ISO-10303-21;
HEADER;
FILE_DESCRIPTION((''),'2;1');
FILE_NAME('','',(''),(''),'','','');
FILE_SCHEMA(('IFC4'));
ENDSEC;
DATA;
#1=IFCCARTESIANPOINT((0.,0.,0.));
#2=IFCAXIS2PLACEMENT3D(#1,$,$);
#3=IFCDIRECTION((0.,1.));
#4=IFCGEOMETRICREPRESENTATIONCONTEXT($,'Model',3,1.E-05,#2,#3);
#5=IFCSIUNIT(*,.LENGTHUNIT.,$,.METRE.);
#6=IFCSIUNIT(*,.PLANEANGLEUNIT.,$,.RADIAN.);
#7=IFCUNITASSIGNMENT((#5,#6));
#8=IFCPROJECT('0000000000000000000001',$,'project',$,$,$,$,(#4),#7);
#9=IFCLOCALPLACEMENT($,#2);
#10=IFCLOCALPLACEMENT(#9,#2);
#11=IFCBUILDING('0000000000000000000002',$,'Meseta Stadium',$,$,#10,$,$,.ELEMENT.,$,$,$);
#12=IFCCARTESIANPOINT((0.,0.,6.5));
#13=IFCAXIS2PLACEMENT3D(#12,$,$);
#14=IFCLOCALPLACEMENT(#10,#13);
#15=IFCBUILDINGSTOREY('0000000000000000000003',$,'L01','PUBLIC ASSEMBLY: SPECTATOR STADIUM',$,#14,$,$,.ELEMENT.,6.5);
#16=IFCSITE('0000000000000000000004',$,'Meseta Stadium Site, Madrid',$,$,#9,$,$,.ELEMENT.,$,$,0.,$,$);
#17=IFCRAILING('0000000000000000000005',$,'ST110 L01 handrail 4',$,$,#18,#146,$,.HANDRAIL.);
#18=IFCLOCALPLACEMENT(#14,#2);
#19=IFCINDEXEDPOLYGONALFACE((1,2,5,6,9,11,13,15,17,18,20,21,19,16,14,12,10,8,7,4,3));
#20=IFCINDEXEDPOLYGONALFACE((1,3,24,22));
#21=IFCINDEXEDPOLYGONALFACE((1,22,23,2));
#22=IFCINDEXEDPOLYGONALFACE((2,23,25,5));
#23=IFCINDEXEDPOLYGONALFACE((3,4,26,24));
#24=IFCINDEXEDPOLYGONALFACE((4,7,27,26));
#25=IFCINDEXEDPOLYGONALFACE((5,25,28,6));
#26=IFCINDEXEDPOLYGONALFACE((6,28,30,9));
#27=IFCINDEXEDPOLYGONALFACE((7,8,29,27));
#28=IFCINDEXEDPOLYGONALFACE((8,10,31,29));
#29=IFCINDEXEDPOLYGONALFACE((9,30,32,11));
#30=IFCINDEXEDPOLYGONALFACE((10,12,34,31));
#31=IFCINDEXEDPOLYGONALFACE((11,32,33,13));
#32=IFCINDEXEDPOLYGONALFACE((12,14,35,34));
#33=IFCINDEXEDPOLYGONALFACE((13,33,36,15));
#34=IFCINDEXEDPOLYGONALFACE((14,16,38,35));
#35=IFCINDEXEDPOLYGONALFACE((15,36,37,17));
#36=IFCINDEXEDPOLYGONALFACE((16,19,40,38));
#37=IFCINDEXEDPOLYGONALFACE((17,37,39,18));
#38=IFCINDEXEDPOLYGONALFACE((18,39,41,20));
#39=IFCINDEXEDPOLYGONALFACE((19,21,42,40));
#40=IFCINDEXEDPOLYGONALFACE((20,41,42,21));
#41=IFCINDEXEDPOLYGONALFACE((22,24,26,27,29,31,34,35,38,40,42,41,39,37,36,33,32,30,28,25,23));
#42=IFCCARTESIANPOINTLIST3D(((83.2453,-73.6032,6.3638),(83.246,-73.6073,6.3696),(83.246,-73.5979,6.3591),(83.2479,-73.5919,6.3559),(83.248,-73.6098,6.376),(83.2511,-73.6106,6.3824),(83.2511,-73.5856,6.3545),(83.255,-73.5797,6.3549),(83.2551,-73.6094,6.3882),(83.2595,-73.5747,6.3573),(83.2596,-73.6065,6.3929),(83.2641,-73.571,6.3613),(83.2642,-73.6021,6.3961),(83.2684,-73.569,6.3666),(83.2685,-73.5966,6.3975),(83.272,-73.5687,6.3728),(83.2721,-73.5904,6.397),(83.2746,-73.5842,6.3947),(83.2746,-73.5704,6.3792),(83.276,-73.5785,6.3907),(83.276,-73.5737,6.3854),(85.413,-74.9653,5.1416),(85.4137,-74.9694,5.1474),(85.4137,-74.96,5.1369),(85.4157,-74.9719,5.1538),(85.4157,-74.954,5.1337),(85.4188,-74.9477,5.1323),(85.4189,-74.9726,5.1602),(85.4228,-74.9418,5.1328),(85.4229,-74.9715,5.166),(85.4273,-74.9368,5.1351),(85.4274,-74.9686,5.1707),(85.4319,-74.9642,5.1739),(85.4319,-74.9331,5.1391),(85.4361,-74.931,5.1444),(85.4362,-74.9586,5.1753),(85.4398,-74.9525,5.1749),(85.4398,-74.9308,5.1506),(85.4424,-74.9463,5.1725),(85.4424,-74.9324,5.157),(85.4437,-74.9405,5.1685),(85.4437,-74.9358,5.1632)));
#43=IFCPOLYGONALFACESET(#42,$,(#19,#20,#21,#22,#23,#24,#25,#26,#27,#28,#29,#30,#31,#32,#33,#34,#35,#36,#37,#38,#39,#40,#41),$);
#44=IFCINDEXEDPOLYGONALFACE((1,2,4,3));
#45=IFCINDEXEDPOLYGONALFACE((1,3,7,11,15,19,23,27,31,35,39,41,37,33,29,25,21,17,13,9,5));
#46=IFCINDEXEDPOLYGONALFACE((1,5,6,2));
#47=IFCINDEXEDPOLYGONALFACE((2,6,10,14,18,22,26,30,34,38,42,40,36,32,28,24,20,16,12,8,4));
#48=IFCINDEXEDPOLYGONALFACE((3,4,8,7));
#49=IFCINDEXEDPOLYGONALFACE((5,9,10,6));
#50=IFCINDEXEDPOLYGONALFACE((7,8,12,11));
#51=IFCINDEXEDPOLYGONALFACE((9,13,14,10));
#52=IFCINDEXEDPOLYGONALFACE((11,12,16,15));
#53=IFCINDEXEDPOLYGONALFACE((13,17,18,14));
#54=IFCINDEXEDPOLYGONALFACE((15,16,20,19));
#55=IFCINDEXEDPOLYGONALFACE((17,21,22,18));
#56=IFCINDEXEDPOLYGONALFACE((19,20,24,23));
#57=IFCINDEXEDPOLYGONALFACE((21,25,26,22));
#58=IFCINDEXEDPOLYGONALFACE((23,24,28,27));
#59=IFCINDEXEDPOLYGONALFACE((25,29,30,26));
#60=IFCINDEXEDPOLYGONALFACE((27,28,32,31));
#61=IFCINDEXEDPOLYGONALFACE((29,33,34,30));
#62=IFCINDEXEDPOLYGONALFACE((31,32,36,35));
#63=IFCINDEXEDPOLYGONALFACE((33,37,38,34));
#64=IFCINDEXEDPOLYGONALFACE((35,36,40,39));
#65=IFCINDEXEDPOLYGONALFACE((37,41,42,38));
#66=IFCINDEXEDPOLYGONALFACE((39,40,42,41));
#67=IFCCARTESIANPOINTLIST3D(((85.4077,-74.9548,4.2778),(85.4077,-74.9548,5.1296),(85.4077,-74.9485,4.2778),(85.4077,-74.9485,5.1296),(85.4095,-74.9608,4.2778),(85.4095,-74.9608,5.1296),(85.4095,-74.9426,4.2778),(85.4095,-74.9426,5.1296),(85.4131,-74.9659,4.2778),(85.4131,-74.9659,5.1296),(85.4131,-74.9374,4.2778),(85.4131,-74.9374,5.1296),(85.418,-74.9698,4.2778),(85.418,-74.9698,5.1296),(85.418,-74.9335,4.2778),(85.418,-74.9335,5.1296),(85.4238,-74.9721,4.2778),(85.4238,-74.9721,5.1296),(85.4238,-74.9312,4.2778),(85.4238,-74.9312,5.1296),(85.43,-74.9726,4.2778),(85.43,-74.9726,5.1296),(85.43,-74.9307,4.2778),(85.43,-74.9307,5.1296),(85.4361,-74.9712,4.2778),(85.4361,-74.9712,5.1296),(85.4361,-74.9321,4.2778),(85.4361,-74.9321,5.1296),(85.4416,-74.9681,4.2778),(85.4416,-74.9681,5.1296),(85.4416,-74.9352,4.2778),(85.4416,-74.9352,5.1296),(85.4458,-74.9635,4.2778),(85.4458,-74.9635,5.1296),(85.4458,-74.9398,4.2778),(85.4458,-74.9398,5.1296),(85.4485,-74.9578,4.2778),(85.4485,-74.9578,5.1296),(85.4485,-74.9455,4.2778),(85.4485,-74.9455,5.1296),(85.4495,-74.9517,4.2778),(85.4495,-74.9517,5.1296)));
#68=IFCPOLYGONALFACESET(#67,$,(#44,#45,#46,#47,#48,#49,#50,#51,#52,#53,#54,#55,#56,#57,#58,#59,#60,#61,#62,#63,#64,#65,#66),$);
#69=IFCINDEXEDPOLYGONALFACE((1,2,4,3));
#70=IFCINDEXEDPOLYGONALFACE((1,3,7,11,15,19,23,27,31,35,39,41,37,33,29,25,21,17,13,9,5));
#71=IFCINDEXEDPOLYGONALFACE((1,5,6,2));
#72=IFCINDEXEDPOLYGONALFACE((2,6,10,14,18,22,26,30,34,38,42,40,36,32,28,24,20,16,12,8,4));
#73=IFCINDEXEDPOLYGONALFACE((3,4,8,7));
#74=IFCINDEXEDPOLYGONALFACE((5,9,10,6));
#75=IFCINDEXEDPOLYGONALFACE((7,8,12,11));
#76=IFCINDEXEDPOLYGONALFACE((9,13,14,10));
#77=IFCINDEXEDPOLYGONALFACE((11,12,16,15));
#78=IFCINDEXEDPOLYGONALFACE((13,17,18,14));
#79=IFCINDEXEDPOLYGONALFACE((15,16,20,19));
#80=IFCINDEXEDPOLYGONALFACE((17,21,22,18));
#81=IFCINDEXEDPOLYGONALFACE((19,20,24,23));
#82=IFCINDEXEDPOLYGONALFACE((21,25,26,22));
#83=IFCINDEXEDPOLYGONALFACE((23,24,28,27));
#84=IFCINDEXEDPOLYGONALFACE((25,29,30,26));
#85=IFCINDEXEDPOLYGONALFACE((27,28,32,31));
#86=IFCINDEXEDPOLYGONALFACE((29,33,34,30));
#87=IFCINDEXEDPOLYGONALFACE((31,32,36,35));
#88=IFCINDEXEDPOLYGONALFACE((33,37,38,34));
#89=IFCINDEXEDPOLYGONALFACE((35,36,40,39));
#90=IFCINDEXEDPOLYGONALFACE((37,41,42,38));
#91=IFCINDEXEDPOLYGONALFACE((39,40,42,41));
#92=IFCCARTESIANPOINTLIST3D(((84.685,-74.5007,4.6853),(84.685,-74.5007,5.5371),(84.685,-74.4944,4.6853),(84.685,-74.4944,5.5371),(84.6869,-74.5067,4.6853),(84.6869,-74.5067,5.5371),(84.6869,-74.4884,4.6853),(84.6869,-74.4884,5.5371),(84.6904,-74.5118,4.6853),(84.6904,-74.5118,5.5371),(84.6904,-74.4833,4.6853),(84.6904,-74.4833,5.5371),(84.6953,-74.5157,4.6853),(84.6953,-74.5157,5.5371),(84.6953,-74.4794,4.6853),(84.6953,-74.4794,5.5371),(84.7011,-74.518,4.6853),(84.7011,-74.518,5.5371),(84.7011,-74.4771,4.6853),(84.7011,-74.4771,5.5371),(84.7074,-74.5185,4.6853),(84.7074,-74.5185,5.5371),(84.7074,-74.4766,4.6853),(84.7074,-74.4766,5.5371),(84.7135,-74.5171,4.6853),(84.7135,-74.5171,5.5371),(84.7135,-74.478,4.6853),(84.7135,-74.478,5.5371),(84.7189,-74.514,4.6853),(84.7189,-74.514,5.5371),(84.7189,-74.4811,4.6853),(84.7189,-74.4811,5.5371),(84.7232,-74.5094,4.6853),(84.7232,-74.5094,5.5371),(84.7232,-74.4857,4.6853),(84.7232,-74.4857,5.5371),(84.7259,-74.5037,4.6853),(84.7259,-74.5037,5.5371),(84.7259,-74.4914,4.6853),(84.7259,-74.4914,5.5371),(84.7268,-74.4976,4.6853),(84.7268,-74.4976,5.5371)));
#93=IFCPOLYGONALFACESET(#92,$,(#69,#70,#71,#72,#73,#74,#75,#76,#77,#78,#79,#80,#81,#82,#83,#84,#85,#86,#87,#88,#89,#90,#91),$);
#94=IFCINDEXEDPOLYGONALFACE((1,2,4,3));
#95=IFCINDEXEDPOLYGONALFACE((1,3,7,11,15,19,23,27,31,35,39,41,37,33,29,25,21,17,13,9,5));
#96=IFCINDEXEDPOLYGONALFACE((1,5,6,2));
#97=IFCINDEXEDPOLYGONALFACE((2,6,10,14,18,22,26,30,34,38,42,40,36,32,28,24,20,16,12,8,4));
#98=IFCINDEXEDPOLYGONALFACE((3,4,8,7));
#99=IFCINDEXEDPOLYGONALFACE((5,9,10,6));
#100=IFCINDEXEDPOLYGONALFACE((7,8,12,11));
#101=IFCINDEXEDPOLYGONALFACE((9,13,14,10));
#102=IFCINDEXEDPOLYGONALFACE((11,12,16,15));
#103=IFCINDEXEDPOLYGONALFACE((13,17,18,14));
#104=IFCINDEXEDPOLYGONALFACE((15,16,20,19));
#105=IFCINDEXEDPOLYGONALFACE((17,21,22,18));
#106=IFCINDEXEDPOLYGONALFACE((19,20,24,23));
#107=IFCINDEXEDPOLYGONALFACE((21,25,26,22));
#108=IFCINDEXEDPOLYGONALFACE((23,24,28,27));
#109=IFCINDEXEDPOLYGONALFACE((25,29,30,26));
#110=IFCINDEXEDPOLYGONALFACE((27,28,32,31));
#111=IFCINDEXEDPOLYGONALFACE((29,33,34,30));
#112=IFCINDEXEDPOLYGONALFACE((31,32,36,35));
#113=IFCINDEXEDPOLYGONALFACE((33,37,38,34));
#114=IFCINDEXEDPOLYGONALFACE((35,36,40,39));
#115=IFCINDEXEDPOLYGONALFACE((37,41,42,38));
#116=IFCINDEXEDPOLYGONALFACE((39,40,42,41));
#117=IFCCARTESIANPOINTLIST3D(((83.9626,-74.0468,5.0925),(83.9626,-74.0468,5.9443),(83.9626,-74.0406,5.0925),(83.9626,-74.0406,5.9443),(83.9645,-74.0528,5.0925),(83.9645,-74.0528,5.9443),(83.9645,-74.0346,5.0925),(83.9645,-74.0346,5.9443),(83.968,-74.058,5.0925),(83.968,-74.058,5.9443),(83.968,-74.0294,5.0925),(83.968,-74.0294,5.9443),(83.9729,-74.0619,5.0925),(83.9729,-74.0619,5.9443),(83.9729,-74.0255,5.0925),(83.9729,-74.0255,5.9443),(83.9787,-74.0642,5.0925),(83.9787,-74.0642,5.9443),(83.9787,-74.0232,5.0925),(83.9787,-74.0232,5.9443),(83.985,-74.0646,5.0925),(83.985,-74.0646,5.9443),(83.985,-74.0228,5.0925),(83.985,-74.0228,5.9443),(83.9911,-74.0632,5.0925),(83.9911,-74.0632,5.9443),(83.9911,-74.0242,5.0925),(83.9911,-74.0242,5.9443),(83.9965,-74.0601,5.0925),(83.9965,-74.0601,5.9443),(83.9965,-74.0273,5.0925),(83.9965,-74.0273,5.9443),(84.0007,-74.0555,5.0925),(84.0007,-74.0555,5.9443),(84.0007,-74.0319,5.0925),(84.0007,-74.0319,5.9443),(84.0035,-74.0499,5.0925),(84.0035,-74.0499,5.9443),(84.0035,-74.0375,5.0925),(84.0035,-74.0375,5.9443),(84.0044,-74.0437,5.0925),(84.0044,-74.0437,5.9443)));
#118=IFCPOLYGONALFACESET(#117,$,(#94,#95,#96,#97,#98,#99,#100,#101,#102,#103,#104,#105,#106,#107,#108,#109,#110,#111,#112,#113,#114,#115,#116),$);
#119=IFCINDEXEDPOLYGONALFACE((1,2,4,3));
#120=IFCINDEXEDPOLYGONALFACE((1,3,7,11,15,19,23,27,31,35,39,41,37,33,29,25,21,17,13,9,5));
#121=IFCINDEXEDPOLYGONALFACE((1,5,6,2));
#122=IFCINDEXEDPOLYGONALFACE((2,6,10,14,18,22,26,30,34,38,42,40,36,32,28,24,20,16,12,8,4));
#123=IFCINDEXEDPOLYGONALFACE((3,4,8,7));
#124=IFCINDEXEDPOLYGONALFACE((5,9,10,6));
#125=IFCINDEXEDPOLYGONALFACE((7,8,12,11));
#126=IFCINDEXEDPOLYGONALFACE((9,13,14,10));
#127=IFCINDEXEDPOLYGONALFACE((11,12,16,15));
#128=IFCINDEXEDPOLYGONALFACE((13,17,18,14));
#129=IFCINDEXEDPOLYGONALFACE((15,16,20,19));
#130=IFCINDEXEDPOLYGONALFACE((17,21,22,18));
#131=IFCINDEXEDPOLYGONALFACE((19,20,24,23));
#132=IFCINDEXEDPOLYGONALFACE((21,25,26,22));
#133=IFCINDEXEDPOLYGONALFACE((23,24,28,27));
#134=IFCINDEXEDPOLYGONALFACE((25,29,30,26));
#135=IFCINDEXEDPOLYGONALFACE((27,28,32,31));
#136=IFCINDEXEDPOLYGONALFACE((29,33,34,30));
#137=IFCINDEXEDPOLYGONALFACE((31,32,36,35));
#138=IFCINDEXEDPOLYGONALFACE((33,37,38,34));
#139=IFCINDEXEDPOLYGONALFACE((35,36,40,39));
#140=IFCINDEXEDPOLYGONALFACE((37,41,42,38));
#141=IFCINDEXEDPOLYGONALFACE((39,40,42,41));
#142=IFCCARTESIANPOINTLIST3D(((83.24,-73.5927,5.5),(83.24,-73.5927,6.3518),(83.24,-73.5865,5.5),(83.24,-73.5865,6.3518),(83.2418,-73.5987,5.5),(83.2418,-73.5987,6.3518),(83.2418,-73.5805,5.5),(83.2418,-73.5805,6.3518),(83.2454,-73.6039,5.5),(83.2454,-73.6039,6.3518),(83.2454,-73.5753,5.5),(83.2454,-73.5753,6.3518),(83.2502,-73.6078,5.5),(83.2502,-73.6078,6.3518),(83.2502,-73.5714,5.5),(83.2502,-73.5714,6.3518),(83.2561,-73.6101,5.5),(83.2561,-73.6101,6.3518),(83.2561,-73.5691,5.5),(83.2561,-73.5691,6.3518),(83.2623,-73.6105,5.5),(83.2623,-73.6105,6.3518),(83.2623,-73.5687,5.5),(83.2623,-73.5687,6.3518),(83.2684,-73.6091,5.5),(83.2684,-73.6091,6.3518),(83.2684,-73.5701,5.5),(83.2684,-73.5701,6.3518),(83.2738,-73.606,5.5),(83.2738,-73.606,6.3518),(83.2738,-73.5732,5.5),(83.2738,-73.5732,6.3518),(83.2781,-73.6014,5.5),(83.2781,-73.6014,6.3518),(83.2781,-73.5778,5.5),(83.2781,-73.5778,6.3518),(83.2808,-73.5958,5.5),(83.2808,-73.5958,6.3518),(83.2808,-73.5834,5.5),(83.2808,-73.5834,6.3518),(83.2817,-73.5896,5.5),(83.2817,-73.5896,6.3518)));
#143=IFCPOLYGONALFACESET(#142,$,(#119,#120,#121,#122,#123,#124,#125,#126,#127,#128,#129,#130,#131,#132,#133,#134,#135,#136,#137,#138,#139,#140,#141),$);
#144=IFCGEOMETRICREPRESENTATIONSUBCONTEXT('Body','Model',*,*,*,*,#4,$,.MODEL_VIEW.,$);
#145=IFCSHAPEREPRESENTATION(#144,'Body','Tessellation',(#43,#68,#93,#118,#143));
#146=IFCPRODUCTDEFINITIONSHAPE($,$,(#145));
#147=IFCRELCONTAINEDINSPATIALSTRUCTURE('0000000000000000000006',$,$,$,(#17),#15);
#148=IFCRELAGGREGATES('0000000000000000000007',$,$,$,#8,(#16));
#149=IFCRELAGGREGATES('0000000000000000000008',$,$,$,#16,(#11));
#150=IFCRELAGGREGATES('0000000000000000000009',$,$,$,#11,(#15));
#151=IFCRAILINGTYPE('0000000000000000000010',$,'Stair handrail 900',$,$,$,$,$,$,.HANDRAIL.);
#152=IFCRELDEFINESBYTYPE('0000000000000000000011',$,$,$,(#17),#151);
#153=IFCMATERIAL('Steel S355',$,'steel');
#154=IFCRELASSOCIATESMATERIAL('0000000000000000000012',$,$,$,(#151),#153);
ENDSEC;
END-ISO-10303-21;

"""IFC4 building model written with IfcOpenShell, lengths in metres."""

from ifc_helpers import new_model, si_unit, direction, frame, origin, origin_2d, place, context, subcontext, project, spatial, circle, extrude, material, type_object, element, save


model = new_model("IFC4")

# Units and contexts
model_context = context("Model", 3, precision=1e-05, world=origin(), true_north=direction((0.0, 1.0)))
body_context = subcontext(model_context, "Body", "Model", "MODEL_VIEW")
ifc_project = project(units=[si_unit("LENGTHUNIT", "METRE"), si_unit("PLANEANGLEUNIT", "RADIAN")], contexts=[model_context])

# Site, building, storey
site_placement = place(None, origin())
site = spatial("IfcSite", under=ifc_project, at=site_placement, Name="Meseta Stadium Site, Madrid", CompositionType="ELEMENT", RefElevation=0.0)
building_placement = place(site_placement, origin())
building = spatial("IfcBuilding", under=site, at=building_placement, Name="Meseta Stadium", CompositionType="ELEMENT")
storey_placement = place(building_placement, frame((0.0, 0.0, 6.5)))
storey = spatial("IfcBuildingStorey", under=building, at=storey_placement, Name="L01", Description="PUBLIC ASSEMBLY: SPECTATOR STADIUM", CompositionType="ELEMENT", Elevation=6.5)

# Railing
ifc_material_1 = material(Name="Steel S355", Category="steel")
railing_type_1 = type_object("IfcRailingType", Name="Stair handrail 900", PredefinedType="HANDRAIL", material=ifc_material_1)
for number, where, name in (
    (1, (85.4285, -74.9517, 4.2778), "ST110 L01 handrail 4"),
):
    element("IfcRailing", number, at=place(storey_placement, frame(where)), inside=storey, type_object=railing_type_1, Name=name, PredefinedType="HANDRAIL", context=body_context, shape_type="SweptSolid", body=[
        extrude(circle(Radius=0.0239, at=origin_2d()), frame((0.0, 0.0, 0.876), z_axis=(-0.764121, 0.480125, 0.430813), x_axis=(-0.532029, -0.846726, 0.0)), (0.0, 0.0, 1.0), 2.8369),
        extrude(circle(Radius=0.021, at=origin_2d()), origin(), (0.0, 0.0, 1.0), 0.8518),
        extrude(circle(Radius=0.021, at=origin_2d()), frame((-0.7227, 0.4541, 0.4075)), (0.0, 0.0, 1.0), 0.8518),
        extrude(circle(Radius=0.021, at=origin_2d()), frame((-1.4451, 0.908, 0.8147)), (0.0, 0.0, 1.0), 0.8518),
        extrude(circle(Radius=0.021, at=origin_2d()), frame((-2.1677, 1.3621, 1.2222)), (0.0, 0.0, 1.0), 0.8518),
    ])

save(model, "model.ifc")
